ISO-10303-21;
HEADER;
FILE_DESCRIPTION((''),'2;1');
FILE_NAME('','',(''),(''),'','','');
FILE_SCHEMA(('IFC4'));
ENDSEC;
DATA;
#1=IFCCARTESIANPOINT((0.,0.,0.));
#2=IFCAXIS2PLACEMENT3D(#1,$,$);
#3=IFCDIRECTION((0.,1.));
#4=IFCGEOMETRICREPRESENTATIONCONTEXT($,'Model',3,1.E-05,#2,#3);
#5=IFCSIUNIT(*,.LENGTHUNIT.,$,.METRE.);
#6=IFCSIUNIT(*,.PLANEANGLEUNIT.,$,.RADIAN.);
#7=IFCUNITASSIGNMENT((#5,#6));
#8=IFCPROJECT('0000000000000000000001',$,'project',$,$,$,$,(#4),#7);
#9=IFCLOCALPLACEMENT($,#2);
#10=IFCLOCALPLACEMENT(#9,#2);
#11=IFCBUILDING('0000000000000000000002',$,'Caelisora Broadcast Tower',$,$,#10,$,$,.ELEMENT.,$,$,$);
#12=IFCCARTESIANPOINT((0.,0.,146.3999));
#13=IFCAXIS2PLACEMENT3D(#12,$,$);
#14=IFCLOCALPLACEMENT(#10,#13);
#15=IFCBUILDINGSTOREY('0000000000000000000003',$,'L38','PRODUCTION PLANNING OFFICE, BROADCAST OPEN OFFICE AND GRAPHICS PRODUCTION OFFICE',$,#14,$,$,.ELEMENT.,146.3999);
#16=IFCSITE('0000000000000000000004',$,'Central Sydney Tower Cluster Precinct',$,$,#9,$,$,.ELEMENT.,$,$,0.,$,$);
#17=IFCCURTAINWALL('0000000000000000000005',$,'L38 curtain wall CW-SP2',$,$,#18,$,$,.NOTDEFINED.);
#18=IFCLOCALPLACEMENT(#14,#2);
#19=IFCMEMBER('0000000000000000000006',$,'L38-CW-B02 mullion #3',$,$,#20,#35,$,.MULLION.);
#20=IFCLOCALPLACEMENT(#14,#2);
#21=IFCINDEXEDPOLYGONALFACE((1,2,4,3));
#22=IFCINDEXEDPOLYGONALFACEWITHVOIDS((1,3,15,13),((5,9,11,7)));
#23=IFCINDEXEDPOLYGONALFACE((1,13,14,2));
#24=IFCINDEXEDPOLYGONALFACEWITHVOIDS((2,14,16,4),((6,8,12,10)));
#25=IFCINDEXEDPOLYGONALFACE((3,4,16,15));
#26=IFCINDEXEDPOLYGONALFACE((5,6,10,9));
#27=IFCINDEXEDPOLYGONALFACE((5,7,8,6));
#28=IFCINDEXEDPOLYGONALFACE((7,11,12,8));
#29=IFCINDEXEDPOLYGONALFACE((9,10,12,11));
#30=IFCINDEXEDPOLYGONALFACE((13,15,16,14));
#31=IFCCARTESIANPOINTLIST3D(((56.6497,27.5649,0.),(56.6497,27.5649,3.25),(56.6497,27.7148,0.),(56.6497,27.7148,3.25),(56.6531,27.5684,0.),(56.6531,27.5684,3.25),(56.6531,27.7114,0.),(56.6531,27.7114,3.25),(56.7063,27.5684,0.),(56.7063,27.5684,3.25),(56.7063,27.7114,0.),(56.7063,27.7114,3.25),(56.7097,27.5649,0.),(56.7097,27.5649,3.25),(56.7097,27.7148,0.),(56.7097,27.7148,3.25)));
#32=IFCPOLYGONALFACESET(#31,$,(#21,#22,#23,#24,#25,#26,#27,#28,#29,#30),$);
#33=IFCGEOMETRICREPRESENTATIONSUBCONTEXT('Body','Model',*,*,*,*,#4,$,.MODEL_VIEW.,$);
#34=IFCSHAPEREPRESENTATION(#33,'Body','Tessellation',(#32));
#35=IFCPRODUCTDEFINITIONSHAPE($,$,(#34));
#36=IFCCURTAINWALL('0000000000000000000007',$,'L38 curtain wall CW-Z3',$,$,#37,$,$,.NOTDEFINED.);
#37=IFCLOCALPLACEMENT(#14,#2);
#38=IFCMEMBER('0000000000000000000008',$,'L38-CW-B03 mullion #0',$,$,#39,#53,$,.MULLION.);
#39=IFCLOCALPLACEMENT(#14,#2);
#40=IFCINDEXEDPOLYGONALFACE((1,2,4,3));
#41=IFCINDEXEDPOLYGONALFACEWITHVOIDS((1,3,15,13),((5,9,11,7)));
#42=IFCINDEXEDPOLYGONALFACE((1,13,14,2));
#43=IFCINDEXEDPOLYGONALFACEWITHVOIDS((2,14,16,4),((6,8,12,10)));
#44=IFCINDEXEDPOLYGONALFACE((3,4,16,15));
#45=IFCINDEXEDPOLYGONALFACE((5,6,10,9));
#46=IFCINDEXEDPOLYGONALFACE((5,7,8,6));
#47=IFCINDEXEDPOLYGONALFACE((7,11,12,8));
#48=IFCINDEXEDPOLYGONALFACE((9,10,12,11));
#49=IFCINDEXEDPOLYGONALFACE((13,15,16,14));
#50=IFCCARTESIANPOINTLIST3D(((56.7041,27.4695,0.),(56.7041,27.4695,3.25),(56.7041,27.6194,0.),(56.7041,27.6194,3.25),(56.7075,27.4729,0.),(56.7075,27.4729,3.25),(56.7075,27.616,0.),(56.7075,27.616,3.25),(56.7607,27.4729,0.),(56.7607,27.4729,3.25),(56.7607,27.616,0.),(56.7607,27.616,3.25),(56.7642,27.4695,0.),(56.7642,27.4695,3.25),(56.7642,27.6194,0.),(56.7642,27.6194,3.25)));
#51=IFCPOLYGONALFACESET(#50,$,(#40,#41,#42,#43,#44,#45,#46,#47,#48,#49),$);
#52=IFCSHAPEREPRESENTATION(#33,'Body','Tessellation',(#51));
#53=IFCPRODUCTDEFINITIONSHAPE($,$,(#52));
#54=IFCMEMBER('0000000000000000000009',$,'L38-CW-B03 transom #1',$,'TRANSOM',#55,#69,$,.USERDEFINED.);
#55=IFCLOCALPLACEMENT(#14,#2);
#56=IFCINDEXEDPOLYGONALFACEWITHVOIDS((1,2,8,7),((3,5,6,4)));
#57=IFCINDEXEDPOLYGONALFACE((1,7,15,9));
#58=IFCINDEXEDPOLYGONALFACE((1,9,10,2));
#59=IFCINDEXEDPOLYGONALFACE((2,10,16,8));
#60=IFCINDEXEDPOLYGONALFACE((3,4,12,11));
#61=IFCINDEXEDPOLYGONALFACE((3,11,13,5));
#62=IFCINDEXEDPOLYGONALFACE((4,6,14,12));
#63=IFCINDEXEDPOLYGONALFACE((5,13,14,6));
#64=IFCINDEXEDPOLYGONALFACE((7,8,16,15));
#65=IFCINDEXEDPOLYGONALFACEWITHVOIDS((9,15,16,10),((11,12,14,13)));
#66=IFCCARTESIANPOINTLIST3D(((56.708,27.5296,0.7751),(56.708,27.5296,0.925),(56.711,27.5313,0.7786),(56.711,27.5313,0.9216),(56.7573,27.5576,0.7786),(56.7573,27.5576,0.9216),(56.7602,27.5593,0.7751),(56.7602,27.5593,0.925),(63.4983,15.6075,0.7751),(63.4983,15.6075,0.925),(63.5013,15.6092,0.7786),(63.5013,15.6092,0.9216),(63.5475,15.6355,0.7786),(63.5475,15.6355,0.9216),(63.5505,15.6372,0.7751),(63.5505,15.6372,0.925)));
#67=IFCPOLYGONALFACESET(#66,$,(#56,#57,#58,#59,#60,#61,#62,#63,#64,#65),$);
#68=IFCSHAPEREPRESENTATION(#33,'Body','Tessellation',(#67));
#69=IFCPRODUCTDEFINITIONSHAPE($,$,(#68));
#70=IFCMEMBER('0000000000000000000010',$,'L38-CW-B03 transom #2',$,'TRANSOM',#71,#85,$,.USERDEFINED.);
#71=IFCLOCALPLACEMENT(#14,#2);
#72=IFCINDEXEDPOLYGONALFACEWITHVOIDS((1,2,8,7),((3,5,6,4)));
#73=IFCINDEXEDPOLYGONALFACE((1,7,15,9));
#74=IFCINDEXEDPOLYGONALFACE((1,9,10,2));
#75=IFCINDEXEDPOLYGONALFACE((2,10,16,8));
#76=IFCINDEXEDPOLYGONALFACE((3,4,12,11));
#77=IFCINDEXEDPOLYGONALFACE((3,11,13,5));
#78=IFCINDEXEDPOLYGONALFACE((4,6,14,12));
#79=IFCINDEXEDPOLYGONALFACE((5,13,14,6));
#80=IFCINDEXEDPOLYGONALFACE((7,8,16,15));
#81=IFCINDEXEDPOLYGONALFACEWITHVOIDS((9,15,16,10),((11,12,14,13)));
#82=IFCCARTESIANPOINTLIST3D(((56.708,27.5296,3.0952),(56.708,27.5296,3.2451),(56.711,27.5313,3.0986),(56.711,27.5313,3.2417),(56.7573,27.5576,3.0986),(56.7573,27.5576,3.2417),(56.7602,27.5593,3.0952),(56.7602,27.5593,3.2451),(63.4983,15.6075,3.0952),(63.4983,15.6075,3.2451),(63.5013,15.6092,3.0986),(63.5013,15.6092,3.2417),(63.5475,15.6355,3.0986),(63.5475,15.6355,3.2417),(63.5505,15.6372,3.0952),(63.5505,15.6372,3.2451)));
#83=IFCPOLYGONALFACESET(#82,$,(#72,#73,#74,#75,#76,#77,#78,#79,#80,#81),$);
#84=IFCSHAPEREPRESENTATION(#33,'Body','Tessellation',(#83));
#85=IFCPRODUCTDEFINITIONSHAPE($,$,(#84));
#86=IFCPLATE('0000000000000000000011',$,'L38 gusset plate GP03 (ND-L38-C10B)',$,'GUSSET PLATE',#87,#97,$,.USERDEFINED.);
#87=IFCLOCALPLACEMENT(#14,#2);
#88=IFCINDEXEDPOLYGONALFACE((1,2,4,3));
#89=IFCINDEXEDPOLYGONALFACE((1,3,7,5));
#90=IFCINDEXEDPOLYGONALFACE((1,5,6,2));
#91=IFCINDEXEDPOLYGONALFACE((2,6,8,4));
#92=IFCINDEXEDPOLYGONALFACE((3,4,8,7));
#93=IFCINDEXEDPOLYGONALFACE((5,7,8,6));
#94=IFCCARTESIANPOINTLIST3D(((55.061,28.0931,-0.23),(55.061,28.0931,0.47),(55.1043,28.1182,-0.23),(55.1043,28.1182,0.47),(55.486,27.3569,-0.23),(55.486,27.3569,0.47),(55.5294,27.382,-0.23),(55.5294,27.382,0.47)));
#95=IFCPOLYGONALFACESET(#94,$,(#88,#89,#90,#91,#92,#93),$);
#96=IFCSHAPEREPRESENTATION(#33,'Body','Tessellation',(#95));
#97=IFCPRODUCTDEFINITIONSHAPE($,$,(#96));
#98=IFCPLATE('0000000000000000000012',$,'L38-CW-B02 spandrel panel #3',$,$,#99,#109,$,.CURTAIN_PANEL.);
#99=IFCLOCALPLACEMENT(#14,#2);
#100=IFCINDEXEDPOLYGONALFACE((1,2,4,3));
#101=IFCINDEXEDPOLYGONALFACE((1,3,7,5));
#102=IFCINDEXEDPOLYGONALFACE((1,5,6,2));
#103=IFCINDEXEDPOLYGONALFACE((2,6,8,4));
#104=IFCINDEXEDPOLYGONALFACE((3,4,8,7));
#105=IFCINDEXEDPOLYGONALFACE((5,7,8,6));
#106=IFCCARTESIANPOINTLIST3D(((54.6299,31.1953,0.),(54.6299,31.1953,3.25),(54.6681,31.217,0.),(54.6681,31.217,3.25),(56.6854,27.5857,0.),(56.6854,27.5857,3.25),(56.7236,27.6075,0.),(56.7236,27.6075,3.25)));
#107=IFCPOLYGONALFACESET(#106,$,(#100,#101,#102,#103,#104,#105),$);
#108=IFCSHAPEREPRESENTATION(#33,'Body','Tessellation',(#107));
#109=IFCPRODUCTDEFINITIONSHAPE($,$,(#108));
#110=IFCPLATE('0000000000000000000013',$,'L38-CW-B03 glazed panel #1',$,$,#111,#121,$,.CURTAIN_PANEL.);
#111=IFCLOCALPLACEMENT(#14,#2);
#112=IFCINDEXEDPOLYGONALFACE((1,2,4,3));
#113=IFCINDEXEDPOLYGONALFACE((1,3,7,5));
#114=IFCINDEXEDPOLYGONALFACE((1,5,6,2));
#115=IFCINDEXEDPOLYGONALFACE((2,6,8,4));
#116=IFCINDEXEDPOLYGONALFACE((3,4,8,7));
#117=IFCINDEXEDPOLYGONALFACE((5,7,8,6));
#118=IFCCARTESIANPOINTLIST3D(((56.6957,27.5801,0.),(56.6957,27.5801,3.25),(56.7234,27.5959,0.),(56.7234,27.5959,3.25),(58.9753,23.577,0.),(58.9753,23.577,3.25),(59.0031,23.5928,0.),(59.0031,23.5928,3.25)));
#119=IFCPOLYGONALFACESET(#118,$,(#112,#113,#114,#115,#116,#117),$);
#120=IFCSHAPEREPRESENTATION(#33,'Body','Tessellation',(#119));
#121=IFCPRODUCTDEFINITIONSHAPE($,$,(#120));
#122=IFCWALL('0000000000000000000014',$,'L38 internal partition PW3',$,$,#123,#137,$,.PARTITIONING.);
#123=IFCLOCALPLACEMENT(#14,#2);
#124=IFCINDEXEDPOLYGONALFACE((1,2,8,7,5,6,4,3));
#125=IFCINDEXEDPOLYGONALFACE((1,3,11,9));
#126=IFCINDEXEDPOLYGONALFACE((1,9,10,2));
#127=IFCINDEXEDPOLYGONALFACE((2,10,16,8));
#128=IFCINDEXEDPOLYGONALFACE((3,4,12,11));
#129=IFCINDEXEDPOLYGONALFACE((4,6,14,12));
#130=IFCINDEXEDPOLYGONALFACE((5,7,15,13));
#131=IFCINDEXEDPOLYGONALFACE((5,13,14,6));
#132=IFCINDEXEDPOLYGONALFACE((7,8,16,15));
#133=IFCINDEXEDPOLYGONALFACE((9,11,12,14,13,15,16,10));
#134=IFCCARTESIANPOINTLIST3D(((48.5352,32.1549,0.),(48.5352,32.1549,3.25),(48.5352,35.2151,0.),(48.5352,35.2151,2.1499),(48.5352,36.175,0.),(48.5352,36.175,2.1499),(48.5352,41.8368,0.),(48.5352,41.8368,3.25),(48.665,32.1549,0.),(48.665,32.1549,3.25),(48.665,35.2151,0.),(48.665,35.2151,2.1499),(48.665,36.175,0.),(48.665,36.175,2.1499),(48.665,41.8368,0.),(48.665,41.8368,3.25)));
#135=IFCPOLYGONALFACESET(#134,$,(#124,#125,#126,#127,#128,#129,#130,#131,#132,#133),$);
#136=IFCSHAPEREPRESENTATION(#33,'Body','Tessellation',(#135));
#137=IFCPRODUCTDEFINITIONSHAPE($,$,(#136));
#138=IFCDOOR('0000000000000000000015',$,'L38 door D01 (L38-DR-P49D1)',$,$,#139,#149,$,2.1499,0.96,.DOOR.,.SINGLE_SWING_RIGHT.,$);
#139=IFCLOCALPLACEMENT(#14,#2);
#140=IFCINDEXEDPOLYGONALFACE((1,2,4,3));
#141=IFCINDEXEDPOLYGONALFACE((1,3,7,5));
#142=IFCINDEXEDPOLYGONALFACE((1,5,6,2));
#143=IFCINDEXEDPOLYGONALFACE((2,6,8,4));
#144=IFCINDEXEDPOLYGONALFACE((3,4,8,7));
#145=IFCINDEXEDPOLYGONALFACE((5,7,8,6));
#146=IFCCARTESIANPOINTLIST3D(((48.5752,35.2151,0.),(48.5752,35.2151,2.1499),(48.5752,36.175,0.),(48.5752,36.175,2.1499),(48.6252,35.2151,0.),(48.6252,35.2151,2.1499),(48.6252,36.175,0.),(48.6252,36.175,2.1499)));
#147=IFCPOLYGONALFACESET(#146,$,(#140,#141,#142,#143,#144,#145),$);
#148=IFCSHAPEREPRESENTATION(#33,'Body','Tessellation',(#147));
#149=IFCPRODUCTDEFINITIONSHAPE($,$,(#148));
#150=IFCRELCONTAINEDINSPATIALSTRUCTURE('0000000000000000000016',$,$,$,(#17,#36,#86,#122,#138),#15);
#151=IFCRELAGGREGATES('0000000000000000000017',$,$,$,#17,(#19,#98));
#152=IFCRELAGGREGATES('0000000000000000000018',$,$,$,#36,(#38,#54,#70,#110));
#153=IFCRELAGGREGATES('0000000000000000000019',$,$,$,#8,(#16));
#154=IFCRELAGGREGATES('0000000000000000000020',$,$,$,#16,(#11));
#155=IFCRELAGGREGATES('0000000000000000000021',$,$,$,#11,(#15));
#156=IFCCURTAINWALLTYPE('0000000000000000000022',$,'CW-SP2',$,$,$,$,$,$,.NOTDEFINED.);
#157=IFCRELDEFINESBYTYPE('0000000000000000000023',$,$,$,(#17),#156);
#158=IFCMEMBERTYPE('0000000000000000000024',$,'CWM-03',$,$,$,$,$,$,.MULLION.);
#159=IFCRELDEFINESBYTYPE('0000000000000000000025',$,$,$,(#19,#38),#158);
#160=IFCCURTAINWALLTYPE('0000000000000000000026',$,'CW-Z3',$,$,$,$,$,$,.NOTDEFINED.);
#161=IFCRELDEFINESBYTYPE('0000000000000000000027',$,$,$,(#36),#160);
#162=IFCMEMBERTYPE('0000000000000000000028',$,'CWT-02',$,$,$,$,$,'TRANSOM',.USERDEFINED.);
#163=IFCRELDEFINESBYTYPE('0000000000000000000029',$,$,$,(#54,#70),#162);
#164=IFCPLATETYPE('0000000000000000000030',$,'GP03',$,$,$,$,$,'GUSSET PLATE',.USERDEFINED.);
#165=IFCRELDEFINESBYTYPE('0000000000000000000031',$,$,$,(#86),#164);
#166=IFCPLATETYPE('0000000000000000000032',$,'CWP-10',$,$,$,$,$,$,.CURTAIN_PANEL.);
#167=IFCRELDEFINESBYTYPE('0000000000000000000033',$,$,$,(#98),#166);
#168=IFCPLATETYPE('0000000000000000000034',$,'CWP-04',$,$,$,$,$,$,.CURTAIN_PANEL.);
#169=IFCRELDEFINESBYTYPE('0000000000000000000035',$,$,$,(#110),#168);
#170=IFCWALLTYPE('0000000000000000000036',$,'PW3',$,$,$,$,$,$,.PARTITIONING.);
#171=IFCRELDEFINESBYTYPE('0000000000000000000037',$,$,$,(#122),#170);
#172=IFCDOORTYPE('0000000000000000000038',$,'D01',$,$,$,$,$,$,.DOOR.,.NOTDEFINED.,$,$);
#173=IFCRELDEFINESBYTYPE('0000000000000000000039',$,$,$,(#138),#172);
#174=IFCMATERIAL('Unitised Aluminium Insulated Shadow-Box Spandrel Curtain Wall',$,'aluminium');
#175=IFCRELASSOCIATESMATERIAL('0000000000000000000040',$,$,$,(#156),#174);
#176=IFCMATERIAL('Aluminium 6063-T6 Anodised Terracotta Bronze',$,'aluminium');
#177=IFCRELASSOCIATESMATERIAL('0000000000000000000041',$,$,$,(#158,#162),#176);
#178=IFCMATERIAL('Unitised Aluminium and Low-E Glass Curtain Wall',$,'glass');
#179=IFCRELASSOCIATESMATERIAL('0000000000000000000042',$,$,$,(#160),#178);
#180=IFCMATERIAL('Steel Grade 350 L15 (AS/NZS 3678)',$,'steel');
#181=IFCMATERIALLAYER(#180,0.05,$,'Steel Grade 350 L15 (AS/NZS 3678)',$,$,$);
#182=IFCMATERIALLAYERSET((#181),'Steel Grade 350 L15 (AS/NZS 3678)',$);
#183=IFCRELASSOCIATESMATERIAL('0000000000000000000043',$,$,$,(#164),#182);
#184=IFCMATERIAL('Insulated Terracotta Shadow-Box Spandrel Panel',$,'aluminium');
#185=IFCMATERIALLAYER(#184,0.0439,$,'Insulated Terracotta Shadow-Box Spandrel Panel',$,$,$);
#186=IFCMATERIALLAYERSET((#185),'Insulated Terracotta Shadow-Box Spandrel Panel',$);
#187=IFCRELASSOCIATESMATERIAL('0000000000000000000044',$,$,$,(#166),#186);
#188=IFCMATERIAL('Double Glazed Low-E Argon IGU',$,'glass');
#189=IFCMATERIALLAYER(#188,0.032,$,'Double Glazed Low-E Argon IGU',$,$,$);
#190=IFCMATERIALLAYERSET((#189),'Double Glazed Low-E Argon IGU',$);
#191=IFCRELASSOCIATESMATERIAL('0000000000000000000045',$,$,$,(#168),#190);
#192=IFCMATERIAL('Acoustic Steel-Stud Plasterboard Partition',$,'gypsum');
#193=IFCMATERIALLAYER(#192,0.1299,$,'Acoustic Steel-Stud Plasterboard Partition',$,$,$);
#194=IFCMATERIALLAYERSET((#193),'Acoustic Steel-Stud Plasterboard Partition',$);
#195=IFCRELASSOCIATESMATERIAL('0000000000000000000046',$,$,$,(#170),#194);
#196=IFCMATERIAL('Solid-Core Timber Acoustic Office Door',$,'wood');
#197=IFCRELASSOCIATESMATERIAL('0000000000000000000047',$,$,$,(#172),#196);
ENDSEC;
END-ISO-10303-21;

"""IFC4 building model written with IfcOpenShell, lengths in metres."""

from ifc_helpers import new_model, si_unit, direction, frame, frame_2d, origin, origin_2d, place, context, subcontext, project, spatial, rectangle, hollow_rectangle, extrude, source, transform, mapped, material, layer, layer_set, material_profile, profile_set, type_object, type_shapes, element, fill, aggregate, save


model = new_model("IFC4")

# Units and contexts
model_context = context("Model", 3, precision=1e-05, world=origin(), true_north=direction((0.0, 1.0)))
body_context = subcontext(model_context, "Body", "Model", "MODEL_VIEW")
ifc_project = project(units=[si_unit("LENGTHUNIT", "METRE"), si_unit("PLANEANGLEUNIT", "RADIAN")], contexts=[model_context])

# Site, building, storey
site_placement = place(None, origin())
site = spatial("IfcSite", under=ifc_project, at=site_placement, Name="Central Sydney Tower Cluster Precinct", CompositionType="ELEMENT", RefElevation=0.0)
building_placement = place(site_placement, origin())
building = spatial("IfcBuilding", under=site, at=building_placement, Name="Caelisora Broadcast Tower", CompositionType="ELEMENT")
storey_placement = place(building_placement, frame((0.0, 0.0, 146.3999)))
storey = spatial("IfcBuildingStorey", under=building, at=storey_placement, Name="L38", Description="PRODUCTION PLANNING OFFICE, BROADCAST OPEN OFFICE AND GRAPHICS PRODUCTION OFFICE", CompositionType="ELEMENT", Elevation=146.3999)

# Shared definitions
ifc_material_1 = material(Name="Steel Grade 350 L15 (AS/NZS 3678)", Category="steel")

# Curtain walls, members
ifc_material_2 = material(Name="Unitised Aluminium Insulated Shadow-Box Spandrel Curtain Wall", Category="aluminium")
curtain_wall_type_1 = type_object("IfcCurtainWallType", Name="CW-SP2", PredefinedType="NOTDEFINED", material=ifc_material_2)
curtain_wall_1_placement = place(storey_placement, origin())
curtain_wall_1 = element("IfcCurtainWall", 1, at=curtain_wall_1_placement, inside=storey, type_object=curtain_wall_type_1, Name="L38 curtain wall CW-SP2", PredefinedType="NOTDEFINED")
ifc_material_3 = material(Name="Aluminium 6063-T6 Anodised Terracotta Bronze", Category="aluminium")
ifc_material_profile_1 = material_profile(ifc_material_3, hollow_rectangle(XDim=0.0601, YDim=0.1499, WallThickness=0.0034, at=origin_2d()), Name="Aluminium 6063-T6 Anodised Terracotta Bronze")
ifc_profile_set_1 = profile_set([ifc_material_profile_1], Name="Aluminium 6063-T6 Anodised Terracotta Bronze")
member_type_1 = type_object("IfcMemberType", Name="CWM-03", PredefinedType="MULLION", material=ifc_profile_set_1)
shared_shape_1 = source(origin(), body_context, "Body", "SweptSolid", [
    extrude(hollow_rectangle(XDim=0.0601, YDim=0.1499, WallThickness=0.0034, at=origin_2d()), origin(), (0.0, 0.0, 1.0), 3.25),
])
type_shapes(member_type_1, [shared_shape_1])
member_1_placement = place(storey_placement, frame((56.6797, 27.6399, 0.0), z_axis=(0.0, 0.0, 1.0), x_axis=(1.0, 0.0, 0.0)))
member_1 = element("IfcMember", 2, at=member_1_placement, type_object=member_type_1, Name="L38-CW-B02 mullion #3", PredefinedType="MULLION", context=body_context, shape_type="MappedRepresentation", body=[
    mapped(shared_shape_1, transform((0.0, 0.0, 0.0), scale=1.0)),
])
ifc_material_4 = material(Name="Unitised Aluminium and Low-E Glass Curtain Wall", Category="glass")
curtain_wall_type_2 = type_object("IfcCurtainWallType", Name="CW-Z3", PredefinedType="NOTDEFINED", material=ifc_material_4)
curtain_wall_2_placement = place(storey_placement, origin())
curtain_wall_2 = element("IfcCurtainWall", 3, at=curtain_wall_2_placement, inside=storey, type_object=curtain_wall_type_2, Name="L38 curtain wall CW-Z3", PredefinedType="NOTDEFINED")
member_2_placement = place(storey_placement, frame((56.7341, 27.5444, 0.0), z_axis=(0.0, 0.0, 1.0), x_axis=(1.0, 0.0, 0.0)))
member_2 = element("IfcMember", 4, at=member_2_placement, type_object=member_type_1, Name="L38-CW-B03 mullion #0", PredefinedType="MULLION", context=body_context, shape_type="MappedRepresentation", body=[
    mapped(shared_shape_1, transform((0.0, 0.0, 0.0), scale=1.0)),
])
ifc_material_profile_2 = material_profile(ifc_material_3, hollow_rectangle(XDim=0.0601, YDim=0.1499, WallThickness=0.0034, at=origin_2d()), Name="Aluminium 6063-T6 Anodised Terracotta Bronze")
ifc_profile_set_2 = profile_set([ifc_material_profile_2], Name="Aluminium 6063-T6 Anodised Terracotta Bronze")
member_type_2 = type_object("IfcMemberType", Name="CWT-02", ElementType="TRANSOM", PredefinedType="USERDEFINED", material=ifc_profile_set_2)
shared_shape_2 = source(origin(), body_context, "Body", "SweptSolid", [
    extrude(hollow_rectangle(XDim=0.0601, YDim=0.1499, WallThickness=0.0034, at=origin_2d()), origin(), (0.0, 0.0, 1.0), 13.7202),
])
type_shapes(member_type_2, [shared_shape_2])
member_3_placement = place(storey_placement, frame((56.7341, 27.5444, 0.8501), z_axis=(0.49491, -0.868944, 0.0), x_axis=(0.868944, 0.49491, 0.0)))
member_3 = element("IfcMember", 5, at=member_3_placement, type_object=member_type_2, Name="L38-CW-B03 transom #1", ObjectType="TRANSOM", PredefinedType="USERDEFINED", context=body_context, shape_type="MappedRepresentation", body=[
    mapped(shared_shape_2, transform((0.0, 0.0, 0.0), scale=1.0)),
])
member_4_placement = place(storey_placement, frame((56.7341, 27.5444, 3.1702), z_axis=(0.49491, -0.868944, 0.0), x_axis=(0.868944, 0.49491, 0.0)))
member_4 = element("IfcMember", 6, at=member_4_placement, type_object=member_type_2, Name="L38-CW-B03 transom #2", ObjectType="TRANSOM", PredefinedType="USERDEFINED", context=body_context, shape_type="MappedRepresentation", body=[
    mapped(shared_shape_2, transform((0.0, 0.0, 0.0), scale=1.0)),
])

# Plates
ifc_layer_1 = layer(ifc_material_1, 0.05, Name="Steel Grade 350 L15 (AS/NZS 3678)")
ifc_layer_set_1 = layer_set([ifc_layer_1], Name="Steel Grade 350 L15 (AS/NZS 3678)")
plate_type_1 = type_object("IfcPlateType", Name="GP03", ElementType="GUSSET PLATE", PredefinedType="USERDEFINED", material=ifc_layer_set_1)
shared_shape_3 = source(origin(), body_context, "Body", "SweptSolid", [
    extrude(rectangle(XDim=0.8501, YDim=0.05, at=origin_2d()), origin(), (0.0, 0.0, 1.0), 0.7),
])
type_shapes(plate_type_1, [shared_shape_3])
plate_1_placement = place(storey_placement, frame((55.2952, 27.7375, -0.23), z_axis=(0.0, 0.0, 1.0), x_axis=(-0.5, 0.866025, 0.0)))
element("IfcPlate", 7, at=plate_1_placement, inside=storey, type_object=plate_type_1, Name="L38 gusset plate GP03 (ND-L38-C10B)", ObjectType="GUSSET PLATE", PredefinedType="USERDEFINED", context=body_context, shape_type="MappedRepresentation", body=[
    mapped(shared_shape_3, transform((0.0, 0.0, 0.0), scale=1.0)),
])
ifc_material_5 = material(Name="Insulated Terracotta Shadow-Box Spandrel Panel", Category="aluminium")
ifc_layer_2 = layer(ifc_material_5, 0.0439, Name="Insulated Terracotta Shadow-Box Spandrel Panel")
ifc_layer_set_2 = layer_set([ifc_layer_2], Name="Insulated Terracotta Shadow-Box Spandrel Panel")
plate_type_2 = type_object("IfcPlateType", Name="CWP-10", PredefinedType="CURTAIN_PANEL", material=ifc_layer_set_2)
shared_shape_4 = source(origin(), body_context, "Body", "SweptSolid", [
    extrude(rectangle(XDim=4.1538, YDim=0.0439, at=origin_2d()), origin(), (0.0, 0.0, 1.0), 3.25),
])
type_shapes(plate_type_2, [shared_shape_4])
plate_2_placement = place(storey_placement, frame((55.6768, 29.4014, 0.0), z_axis=(0.0, 0.0, 1.0), x_axis=(0.494852, -0.868977, 0.0)))
plate_2 = element("IfcPlate", 8, at=plate_2_placement, type_object=plate_type_2, Name="L38-CW-B02 spandrel panel #3", PredefinedType="CURTAIN_PANEL", context=body_context, shape_type="MappedRepresentation", body=[
    mapped(shared_shape_4, transform((0.0, 0.0, 0.0), scale=1.0)),
])
aggregate(curtain_wall_1, [member_1, plate_2])
ifc_material_6 = material(Name="Double Glazed Low-E Argon IGU", Category="glass")
ifc_layer_3 = layer(ifc_material_6, 0.032, Name="Double Glazed Low-E Argon IGU")
ifc_layer_set_3 = layer_set([ifc_layer_3], Name="Double Glazed Low-E Argon IGU")
plate_type_3 = type_object("IfcPlateType", Name="CWP-04", PredefinedType="CURTAIN_PANEL", material=ifc_layer_set_3)
shared_shape_5 = source(origin(), body_context, "Body", "SweptSolid", [
    extrude(rectangle(XDim=4.6067, YDim=0.032, at=origin_2d()), origin(), (0.0, 0.0, 1.0), 3.25),
])
type_shapes(plate_type_3, [shared_shape_5])
plate_3_placement = place(storey_placement, frame((57.8494, 25.5864, 0.0), z_axis=(0.0, 0.0, 1.0), x_axis=(0.494852, -0.868977, 0.0)))
plate_3 = element("IfcPlate", 9, at=plate_3_placement, type_object=plate_type_3, Name="L38-CW-B03 glazed panel #1", PredefinedType="CURTAIN_PANEL", context=body_context, shape_type="MappedRepresentation", body=[
    mapped(shared_shape_5, transform((0.0, 0.0, 0.0), scale=1.0)),
])
aggregate(curtain_wall_2, [member_2, member_3, member_4, plate_3])

# Wall, opening, door
ifc_material_7 = material(Name="Acoustic Steel-Stud Plasterboard Partition", Category="gypsum")
ifc_layer_4 = layer(ifc_material_7, 0.1299, Name="Acoustic Steel-Stud Plasterboard Partition")
ifc_layer_set_4 = layer_set([ifc_layer_4], Name="Acoustic Steel-Stud Plasterboard Partition")
wall_type_1 = type_object("IfcWallType", Name="PW3", PredefinedType="PARTITIONING", material=ifc_layer_set_4)
wall_1_placement = place(storey_placement, frame((48.6001, 32.155, 0.0), z_axis=(0.0, 0.0, 1.0), x_axis=(0.0, 1.0, 0.0)))
wall_1 = element("IfcWall", 10, at=wall_1_placement, inside=storey, type_object=wall_type_1, Name="L38 internal partition PW3", PredefinedType="PARTITIONING", context=body_context, shape_type="SweptSolid", body=[
    extrude(rectangle(XDim=9.6819, YDim=0.1299, at=frame_2d((4.8408, 0.0))), origin(), (0.0, 0.0, 1.0), 3.25),
])
opening_1_placement = place(wall_1_placement, frame((3.0601, 0.0, 0.0)))
opening_1 = element("IfcOpeningElement", 11, at=opening_1_placement, cuts=wall_1, PredefinedType="OPENING", context=body_context, shape_type="SweptSolid", body=[
    extrude(rectangle(XDim=0.96, YDim=2.1499, at=frame_2d((0.48, 1.075))), frame((0.0, 0.0769, 0.0), z_axis=(0.0, -1.0, 0.0), x_axis=(1.0, 0.0, 0.0)), (0.0, 0.0, 1.0), 0.1538),
])
ifc_material_8 = material(Name="Solid-Core Timber Acoustic Office Door", Category="wood")
door_type = type_object("IfcDoorType", Name="D01", OperationType="NOTDEFINED", PredefinedType="DOOR", material=ifc_material_8)
door_1_placement = place(opening_1_placement, origin())
door_1 = element("IfcDoor", 12, at=door_1_placement, inside=storey, type_object=door_type, Name="L38 door D01 (L38-DR-P49D1)", OperationType="SINGLE_SWING_RIGHT", OverallHeight=2.1499, OverallWidth=0.96, PredefinedType="DOOR", context=body_context, shape_type="SweptSolid", body=[
    extrude(rectangle(XDim=0.96, YDim=2.1499, at=frame_2d((0.48, 1.075))), frame((0.0, 0.0249, 0.0), z_axis=(0.0, -1.0, 0.0), x_axis=(1.0, 0.0, 0.0)), (0.0, 0.0, 1.0), 0.05),
])
fill(opening_1, door_1)

save(model, "model.ifc")
